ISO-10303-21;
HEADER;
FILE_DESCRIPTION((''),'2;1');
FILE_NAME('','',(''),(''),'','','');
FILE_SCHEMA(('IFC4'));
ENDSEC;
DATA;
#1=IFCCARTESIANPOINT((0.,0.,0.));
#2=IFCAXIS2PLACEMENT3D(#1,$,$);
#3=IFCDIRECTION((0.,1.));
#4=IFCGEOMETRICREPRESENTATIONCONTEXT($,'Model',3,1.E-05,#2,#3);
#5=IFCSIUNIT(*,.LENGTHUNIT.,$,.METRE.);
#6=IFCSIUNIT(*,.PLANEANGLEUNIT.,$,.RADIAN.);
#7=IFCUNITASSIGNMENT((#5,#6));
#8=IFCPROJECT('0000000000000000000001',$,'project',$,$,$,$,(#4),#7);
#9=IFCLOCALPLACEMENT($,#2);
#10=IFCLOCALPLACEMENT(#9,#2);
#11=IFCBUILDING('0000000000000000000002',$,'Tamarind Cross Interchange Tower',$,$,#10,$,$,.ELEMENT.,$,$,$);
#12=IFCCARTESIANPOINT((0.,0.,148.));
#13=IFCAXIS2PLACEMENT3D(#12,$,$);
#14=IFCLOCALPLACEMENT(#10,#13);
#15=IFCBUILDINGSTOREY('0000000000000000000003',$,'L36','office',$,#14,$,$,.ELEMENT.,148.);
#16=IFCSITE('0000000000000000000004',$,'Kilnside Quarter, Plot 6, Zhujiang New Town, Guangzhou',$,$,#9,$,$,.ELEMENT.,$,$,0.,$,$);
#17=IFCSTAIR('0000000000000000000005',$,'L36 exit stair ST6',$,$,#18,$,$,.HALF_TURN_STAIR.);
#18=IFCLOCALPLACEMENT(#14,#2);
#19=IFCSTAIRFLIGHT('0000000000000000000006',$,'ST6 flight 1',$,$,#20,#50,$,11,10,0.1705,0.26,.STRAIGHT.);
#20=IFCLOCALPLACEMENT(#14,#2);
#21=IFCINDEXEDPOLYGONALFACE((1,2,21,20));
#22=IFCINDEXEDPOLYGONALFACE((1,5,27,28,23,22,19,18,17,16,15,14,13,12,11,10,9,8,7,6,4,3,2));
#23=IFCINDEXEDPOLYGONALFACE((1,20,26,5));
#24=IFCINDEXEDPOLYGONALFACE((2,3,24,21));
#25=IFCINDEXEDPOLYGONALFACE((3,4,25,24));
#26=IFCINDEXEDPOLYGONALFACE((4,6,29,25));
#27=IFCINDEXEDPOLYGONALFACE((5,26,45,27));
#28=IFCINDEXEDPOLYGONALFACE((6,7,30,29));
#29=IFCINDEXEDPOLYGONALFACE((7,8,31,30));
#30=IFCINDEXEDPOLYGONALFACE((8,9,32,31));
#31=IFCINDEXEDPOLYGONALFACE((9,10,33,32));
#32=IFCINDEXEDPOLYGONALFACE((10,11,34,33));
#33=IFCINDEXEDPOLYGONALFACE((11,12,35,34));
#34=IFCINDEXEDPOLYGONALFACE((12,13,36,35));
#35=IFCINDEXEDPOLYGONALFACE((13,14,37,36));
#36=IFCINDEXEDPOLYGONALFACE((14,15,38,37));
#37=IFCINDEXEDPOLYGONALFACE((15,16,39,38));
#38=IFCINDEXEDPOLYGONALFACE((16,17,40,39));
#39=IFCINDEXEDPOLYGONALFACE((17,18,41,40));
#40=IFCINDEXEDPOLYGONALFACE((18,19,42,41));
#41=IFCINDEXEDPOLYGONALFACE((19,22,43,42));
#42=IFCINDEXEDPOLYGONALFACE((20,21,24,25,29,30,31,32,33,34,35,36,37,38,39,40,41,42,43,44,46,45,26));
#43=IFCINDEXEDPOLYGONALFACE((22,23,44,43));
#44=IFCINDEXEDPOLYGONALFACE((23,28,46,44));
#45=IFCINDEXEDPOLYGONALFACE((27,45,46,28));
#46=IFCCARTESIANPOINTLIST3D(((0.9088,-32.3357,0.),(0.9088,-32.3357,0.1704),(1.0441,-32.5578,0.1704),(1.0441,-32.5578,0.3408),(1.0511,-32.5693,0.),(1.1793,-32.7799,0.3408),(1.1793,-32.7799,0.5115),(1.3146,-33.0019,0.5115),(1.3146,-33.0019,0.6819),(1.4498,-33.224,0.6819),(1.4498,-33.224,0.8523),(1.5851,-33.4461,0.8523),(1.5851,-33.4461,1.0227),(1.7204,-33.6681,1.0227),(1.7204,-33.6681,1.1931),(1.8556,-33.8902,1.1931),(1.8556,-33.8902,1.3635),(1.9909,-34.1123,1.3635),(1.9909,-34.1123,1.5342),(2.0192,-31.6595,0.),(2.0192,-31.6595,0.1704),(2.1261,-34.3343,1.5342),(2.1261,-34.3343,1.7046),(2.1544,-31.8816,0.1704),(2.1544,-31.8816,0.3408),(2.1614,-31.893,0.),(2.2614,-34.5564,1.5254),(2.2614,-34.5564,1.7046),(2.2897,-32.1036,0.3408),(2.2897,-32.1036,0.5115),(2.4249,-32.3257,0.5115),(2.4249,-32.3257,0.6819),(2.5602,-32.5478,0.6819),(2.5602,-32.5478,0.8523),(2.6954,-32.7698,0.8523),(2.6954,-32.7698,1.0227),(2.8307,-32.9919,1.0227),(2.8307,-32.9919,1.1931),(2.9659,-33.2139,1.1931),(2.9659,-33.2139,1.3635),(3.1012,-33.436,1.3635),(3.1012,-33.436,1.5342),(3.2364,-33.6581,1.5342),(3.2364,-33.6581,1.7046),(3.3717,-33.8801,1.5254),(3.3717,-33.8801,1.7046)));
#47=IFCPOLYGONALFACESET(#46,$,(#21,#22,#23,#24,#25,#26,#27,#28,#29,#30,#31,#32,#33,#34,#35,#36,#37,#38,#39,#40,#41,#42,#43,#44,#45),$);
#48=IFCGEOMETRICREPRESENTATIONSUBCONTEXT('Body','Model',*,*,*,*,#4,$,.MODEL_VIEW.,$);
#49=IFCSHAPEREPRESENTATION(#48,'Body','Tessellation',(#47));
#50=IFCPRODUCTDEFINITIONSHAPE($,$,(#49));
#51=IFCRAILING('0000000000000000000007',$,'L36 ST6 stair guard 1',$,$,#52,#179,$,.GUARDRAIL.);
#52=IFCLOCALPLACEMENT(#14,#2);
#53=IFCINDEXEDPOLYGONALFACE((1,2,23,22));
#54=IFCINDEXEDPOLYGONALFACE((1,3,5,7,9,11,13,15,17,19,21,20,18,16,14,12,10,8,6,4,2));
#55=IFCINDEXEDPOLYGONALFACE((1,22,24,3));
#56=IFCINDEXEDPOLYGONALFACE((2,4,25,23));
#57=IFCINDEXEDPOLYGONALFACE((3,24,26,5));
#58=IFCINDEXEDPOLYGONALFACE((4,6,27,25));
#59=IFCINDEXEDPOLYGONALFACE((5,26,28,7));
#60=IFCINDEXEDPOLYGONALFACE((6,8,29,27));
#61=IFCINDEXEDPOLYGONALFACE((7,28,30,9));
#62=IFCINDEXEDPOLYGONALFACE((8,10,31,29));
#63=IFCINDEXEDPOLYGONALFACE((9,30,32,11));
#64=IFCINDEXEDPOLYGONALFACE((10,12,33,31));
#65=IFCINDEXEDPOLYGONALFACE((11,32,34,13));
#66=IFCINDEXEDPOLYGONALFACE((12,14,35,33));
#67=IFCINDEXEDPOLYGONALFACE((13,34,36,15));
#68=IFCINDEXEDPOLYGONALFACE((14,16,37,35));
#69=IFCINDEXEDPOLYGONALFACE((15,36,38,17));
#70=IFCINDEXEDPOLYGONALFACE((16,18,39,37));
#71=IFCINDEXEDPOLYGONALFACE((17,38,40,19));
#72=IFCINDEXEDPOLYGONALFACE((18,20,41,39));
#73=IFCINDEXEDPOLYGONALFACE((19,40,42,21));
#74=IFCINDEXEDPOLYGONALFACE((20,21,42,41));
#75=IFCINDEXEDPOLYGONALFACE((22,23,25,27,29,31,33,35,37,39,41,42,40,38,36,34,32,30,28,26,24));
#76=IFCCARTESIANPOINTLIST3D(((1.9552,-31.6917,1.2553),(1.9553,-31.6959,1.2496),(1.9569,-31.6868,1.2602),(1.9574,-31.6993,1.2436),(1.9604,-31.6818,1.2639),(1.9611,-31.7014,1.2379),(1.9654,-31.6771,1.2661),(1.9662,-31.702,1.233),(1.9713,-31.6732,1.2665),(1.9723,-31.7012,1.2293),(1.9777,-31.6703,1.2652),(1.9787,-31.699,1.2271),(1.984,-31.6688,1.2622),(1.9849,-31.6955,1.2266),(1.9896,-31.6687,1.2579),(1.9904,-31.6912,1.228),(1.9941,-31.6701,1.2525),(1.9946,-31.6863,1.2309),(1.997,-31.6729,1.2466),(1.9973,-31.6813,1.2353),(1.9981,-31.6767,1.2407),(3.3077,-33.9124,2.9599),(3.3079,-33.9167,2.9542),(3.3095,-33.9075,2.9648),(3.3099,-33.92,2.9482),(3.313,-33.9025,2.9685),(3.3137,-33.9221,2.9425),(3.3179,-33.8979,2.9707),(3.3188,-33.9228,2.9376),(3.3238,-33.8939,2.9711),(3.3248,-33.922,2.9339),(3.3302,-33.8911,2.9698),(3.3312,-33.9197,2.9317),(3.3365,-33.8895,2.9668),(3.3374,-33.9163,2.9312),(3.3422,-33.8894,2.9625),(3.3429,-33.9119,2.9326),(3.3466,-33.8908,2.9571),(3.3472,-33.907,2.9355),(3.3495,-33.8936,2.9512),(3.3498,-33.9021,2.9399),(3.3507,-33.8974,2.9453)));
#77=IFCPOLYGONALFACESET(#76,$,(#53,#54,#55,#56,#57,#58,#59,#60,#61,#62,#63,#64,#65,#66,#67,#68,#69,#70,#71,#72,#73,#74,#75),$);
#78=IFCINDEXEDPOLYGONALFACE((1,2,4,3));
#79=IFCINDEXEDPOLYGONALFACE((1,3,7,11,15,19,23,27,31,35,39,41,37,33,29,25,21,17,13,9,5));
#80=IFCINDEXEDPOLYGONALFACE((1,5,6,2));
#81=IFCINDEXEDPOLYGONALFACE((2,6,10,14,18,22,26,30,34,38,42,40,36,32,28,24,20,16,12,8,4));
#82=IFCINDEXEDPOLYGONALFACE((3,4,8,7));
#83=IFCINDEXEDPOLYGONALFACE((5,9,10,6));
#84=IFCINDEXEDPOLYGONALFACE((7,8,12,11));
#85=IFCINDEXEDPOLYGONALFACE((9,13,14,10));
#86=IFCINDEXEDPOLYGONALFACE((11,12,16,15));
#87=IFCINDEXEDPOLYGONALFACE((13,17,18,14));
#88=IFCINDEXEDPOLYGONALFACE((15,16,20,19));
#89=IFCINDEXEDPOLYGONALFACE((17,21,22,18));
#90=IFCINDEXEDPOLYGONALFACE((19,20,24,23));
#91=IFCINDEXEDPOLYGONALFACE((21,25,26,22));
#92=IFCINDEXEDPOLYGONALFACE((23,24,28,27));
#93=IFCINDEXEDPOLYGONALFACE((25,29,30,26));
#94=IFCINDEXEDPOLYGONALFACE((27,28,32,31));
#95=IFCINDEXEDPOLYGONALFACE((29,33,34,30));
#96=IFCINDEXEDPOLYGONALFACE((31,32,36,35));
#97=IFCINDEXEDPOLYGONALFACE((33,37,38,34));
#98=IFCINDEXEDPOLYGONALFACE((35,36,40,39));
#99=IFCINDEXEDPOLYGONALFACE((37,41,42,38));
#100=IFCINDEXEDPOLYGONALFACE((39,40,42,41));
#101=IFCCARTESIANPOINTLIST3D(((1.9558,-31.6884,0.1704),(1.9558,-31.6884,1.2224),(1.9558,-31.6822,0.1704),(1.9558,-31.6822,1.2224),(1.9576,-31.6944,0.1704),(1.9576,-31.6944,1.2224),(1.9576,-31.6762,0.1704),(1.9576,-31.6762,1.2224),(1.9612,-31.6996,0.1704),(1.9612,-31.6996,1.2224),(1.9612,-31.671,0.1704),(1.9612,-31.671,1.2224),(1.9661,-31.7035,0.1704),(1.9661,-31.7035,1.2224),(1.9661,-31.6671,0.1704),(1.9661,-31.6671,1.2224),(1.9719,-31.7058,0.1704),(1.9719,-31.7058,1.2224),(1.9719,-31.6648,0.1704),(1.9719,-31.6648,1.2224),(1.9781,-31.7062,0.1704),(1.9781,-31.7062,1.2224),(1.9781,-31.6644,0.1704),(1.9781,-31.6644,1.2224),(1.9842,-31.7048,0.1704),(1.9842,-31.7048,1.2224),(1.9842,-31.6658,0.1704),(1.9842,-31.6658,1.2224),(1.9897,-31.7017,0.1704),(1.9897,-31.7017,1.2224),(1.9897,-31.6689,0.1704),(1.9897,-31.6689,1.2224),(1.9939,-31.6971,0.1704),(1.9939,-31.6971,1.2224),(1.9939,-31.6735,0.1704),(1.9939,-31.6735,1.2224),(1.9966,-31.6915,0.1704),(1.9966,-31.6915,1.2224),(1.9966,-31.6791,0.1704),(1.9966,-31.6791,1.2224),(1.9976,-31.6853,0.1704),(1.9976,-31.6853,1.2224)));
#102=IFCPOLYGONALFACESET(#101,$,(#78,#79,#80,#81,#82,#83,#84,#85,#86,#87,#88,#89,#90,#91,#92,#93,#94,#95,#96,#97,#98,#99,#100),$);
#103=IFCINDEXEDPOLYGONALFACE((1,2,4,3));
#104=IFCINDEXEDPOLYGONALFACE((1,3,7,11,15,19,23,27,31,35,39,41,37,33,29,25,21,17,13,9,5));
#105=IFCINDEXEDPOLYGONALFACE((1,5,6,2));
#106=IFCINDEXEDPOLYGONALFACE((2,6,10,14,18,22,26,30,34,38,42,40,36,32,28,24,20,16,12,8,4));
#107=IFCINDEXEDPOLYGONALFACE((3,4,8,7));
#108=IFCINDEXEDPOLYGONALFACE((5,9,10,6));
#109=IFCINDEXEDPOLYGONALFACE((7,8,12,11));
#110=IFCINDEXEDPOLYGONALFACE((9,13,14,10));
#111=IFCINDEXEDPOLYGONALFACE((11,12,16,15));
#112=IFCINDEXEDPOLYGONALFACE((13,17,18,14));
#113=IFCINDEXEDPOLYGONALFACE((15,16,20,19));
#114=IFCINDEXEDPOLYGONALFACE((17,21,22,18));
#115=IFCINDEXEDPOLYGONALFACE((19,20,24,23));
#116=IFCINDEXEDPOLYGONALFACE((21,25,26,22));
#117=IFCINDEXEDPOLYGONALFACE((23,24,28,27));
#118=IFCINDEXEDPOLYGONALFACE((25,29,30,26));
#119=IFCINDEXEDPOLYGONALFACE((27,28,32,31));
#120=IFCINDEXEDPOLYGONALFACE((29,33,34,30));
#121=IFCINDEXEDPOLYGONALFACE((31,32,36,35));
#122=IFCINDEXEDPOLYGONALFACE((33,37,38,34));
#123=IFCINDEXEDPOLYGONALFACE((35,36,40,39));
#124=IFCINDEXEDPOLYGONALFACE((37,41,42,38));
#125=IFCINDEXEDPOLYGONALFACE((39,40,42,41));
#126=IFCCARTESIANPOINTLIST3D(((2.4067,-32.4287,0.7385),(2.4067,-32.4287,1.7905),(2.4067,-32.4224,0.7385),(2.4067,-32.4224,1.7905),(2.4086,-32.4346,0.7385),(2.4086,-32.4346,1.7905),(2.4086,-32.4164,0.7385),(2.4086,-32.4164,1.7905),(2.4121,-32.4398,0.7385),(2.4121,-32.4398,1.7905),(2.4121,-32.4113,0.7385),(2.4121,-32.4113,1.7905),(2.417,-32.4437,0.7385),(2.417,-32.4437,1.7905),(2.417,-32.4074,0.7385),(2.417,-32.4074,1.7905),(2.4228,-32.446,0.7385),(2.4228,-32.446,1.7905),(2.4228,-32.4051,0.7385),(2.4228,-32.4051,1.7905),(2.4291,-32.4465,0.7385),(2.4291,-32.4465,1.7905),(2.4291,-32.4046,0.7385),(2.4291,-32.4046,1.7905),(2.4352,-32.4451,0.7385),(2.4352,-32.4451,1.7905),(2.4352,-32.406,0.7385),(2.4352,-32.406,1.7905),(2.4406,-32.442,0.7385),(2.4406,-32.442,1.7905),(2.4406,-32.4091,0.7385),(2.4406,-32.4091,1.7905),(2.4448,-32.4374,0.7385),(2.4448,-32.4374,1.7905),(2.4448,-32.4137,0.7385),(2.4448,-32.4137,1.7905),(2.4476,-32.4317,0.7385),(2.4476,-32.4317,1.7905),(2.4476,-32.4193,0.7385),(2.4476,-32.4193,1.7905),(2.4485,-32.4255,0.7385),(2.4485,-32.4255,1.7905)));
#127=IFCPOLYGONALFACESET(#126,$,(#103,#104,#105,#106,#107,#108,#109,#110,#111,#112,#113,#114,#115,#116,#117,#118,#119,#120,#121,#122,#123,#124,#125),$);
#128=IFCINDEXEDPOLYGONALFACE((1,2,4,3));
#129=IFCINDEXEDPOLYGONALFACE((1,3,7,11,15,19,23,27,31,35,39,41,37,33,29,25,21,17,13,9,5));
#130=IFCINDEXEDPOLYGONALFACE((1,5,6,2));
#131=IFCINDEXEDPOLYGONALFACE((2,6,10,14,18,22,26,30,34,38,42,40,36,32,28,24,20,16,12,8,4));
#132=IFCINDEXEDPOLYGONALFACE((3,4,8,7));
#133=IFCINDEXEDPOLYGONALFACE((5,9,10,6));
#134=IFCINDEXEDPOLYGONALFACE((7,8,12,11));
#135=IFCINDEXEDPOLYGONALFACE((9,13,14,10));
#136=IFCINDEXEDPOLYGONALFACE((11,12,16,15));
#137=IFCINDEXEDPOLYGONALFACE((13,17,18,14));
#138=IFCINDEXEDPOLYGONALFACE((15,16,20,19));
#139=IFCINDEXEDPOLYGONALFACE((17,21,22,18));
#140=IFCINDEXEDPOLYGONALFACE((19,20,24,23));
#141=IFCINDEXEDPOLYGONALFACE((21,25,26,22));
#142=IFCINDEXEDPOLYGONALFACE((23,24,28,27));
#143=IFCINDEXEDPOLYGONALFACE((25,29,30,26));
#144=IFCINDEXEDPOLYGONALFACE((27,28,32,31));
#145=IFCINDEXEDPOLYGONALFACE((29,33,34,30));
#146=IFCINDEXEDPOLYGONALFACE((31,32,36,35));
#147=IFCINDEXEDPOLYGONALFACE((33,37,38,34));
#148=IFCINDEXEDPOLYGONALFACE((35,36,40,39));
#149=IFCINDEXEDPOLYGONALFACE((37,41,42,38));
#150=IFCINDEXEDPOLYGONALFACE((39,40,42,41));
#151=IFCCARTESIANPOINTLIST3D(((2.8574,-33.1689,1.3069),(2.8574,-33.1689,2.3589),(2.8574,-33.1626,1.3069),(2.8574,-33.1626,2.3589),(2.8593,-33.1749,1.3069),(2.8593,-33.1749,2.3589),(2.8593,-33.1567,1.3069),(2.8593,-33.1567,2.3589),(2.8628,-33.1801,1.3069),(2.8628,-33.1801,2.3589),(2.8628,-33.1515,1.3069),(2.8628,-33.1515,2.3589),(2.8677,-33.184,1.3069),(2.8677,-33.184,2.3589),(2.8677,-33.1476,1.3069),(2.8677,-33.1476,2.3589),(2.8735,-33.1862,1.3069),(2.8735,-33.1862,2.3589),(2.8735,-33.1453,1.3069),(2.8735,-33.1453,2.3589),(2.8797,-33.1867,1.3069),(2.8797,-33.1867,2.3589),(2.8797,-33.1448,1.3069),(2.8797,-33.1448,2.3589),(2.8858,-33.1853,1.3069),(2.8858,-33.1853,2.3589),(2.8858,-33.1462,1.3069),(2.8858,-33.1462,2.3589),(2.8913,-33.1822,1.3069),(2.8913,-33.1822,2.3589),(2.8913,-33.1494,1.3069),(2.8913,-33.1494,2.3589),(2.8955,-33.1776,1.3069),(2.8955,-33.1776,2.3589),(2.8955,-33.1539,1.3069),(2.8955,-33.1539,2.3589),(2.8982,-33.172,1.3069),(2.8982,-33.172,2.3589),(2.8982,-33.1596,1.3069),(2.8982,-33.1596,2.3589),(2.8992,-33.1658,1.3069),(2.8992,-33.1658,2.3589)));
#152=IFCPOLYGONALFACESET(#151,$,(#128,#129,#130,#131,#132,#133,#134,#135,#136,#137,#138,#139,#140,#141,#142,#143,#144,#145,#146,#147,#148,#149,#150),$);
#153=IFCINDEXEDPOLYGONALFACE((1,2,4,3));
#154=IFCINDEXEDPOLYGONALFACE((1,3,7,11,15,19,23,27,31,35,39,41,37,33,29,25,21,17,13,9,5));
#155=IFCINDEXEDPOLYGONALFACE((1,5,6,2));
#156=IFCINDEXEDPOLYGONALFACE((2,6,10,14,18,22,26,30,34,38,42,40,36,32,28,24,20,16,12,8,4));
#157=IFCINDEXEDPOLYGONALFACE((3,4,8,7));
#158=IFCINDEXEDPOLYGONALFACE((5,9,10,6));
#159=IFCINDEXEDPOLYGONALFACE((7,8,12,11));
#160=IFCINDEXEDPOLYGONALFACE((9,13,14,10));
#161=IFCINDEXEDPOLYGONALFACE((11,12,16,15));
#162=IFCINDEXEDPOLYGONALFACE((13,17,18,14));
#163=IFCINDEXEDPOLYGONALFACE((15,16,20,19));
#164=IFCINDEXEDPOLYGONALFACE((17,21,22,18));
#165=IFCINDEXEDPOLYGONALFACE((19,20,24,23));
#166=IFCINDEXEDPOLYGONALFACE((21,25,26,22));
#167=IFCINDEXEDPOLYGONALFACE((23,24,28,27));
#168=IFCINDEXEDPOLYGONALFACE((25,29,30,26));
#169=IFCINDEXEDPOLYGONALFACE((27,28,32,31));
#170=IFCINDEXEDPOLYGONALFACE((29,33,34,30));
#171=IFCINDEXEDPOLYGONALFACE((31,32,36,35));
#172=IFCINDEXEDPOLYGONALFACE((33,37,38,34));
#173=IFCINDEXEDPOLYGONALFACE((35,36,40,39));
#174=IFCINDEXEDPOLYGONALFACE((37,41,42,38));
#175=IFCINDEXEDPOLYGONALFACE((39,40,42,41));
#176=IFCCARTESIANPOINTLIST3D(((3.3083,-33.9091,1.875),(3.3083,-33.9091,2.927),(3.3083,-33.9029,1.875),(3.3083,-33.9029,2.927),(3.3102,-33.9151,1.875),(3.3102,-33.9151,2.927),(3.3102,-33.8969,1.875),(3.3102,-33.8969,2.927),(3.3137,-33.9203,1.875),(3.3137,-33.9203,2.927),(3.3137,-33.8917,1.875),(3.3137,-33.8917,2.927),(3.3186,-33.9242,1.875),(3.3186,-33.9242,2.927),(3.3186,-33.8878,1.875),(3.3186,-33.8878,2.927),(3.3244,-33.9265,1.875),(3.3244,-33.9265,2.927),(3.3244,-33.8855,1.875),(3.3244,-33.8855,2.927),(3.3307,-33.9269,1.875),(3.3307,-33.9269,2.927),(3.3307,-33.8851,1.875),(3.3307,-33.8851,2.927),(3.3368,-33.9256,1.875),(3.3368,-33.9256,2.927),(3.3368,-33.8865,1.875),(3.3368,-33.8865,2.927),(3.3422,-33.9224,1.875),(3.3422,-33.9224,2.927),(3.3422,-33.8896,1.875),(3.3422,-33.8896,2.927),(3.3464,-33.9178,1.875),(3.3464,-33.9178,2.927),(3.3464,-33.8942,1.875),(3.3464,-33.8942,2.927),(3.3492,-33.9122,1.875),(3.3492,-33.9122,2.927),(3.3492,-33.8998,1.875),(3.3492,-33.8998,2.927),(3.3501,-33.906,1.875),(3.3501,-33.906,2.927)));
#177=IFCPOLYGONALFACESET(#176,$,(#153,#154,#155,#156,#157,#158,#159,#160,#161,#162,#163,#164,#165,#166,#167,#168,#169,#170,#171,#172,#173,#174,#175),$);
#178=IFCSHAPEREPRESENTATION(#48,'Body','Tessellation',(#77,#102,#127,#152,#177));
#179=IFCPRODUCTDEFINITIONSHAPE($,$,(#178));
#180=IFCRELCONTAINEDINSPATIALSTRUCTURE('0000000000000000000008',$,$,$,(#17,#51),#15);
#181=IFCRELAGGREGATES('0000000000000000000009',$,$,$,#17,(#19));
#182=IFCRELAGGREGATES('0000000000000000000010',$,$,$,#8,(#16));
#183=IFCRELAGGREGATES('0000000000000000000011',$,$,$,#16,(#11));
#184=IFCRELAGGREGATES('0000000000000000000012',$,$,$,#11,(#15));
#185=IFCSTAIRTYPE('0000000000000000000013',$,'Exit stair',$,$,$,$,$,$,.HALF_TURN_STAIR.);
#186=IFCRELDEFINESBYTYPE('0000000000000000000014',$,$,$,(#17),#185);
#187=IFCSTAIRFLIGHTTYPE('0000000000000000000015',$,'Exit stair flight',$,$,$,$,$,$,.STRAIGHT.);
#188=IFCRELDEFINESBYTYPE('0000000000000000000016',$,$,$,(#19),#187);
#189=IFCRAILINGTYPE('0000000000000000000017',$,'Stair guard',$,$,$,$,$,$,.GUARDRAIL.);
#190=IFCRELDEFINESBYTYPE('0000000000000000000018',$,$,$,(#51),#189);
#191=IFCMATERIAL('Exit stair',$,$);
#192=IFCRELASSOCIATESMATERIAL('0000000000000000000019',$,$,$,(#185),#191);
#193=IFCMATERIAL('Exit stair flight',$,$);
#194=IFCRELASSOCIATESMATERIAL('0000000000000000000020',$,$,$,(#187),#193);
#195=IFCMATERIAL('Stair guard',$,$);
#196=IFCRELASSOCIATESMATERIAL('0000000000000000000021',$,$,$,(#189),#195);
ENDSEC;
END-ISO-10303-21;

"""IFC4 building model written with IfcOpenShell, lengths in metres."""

from ifc_helpers import new_model, si_unit, direction, frame, origin, origin_2d, place, context, subcontext, project, spatial, polyline, circle, outline, extrude, material, type_object, element, aggregate, save


model = new_model("IFC4")

# Units and contexts
model_context = context("Model", 3, precision=1e-05, world=origin(), true_north=direction((0.0, 1.0)))
body_context = subcontext(model_context, "Body", "Model", "MODEL_VIEW")
ifc_project = project(units=[si_unit("LENGTHUNIT", "METRE"), si_unit("PLANEANGLEUNIT", "RADIAN")], contexts=[model_context])

# Site, building, storey
site_placement = place(None, origin())
site = spatial("IfcSite", under=ifc_project, at=site_placement, Name="Kilnside Quarter, Plot 6, Zhujiang New Town, Guangzhou", CompositionType="ELEMENT", RefElevation=0.0)
building_placement = place(site_placement, origin())
building = spatial("IfcBuilding", under=site, at=building_placement, Name="Tamarind Cross Interchange Tower", CompositionType="ELEMENT")
storey_placement = place(building_placement, frame((0.0, 0.0, 148.0)))
storey = spatial("IfcBuildingStorey", under=building, at=storey_placement, Name="L36", Description="office", CompositionType="ELEMENT", Elevation=148.0)

# Stair, stair flight
ifc_material_1 = material(Name="Exit stair")
stair_type = type_object("IfcStairType", Name="Exit stair", PredefinedType="HALF_TURN_STAIR", material=ifc_material_1)
stair_placement = place(storey_placement, origin())
stair = element("IfcStair", 1, at=stair_placement, inside=storey, type_object=stair_type, Name="L36 exit stair ST6", PredefinedType="HALF_TURN_STAIR")
ifc_material_2 = material(Name="Exit stair flight")
stair_flight_type = type_object("IfcStairFlightType", Name="Exit stair flight", PredefinedType="STRAIGHT", material=ifc_material_2)
stair_flight_placement = place(storey_placement, frame((1.4641, -31.9976, 0.0), z_axis=(0.0, 0.0, 1.0), x_axis=(0.520175, -0.85406, 0.0)))
stair_flight = element("IfcStairFlight", 2, at=stair_flight_placement, type_object=stair_flight_type, Name="ST6 flight 1", NumberOfRisers=11, NumberOfTreads=10, PredefinedType="STRAIGHT", RiserHeight=0.1705, TreadLength=0.26, context=body_context, shape_type="SweptSolid", body=[
    extrude(outline(polyline([(0.0, 0.0), (0.0, 0.1704), (0.26, 0.1704), (0.26, 0.3408), (0.52, 0.3408), (0.52, 0.5115), (0.78, 0.5115), (0.78, 0.6819), (1.04, 0.6819), (1.04, 0.8523), (1.3, 0.8523), (1.3, 1.0227), (1.5601, 1.0227), (1.5601, 1.1931), (1.8201, 1.1931), (1.8201, 1.3635), (2.0801, 1.3635), (2.0801, 1.5342), (2.3401, 1.5342), (2.3401, 1.7046), (2.6001, 1.7046), (2.6001, 1.875), (2.6001, 1.5254), (0.2734, 0.0), (0.0, 0.0)])), frame((0.0, 0.6499, 0.0), z_axis=(0.0, -1.0, 0.0), x_axis=(1.0, 0.0, 0.0)), (0.0, 0.0, 1.0), 1.3),
])
aggregate(stair, [stair_flight])

# Railing
ifc_material_3 = material(Name="Stair guard")
railing_type = type_object("IfcRailingType", Name="Stair guard", PredefinedType="GUARDRAIL", material=ifc_material_3)
railing_1_placement = place(storey_placement, frame((1.9766, -31.6853, 0.1704)))
element("IfcRailing", 3, at=railing_1_placement, inside=storey, type_object=railing_type, Name="L36 ST6 stair guard 1", PredefinedType="GUARDRAIL", context=body_context, shape_type="SweptSolid", body=[
    extrude(circle(Radius=0.0239, at=origin_2d()), frame((0.0, 0.0, 1.0762), z_axis=(0.435026, -0.714259, 0.548258), x_axis=(0.854061, 0.520173, 0.0)), (0.0, 0.0, 1.0), 3.1091),
    extrude(circle(Radius=0.021, at=origin_2d()), origin(), (0.0, 0.0, 1.0), 1.052),
    extrude(circle(Radius=0.021, at=origin_2d()), frame((0.4509, -0.7402, 0.5681)), (0.0, 0.0, 1.0), 1.052),
    extrude(circle(Radius=0.021, at=origin_2d()), frame((0.9016, -1.4805, 1.1365)), (0.0, 0.0, 1.0), 1.052),
    extrude(circle(Radius=0.021, at=origin_2d()), frame((1.3525, -2.2207, 1.7046)), (0.0, 0.0, 1.0), 1.052),
])

save(model, "model.ifc")
